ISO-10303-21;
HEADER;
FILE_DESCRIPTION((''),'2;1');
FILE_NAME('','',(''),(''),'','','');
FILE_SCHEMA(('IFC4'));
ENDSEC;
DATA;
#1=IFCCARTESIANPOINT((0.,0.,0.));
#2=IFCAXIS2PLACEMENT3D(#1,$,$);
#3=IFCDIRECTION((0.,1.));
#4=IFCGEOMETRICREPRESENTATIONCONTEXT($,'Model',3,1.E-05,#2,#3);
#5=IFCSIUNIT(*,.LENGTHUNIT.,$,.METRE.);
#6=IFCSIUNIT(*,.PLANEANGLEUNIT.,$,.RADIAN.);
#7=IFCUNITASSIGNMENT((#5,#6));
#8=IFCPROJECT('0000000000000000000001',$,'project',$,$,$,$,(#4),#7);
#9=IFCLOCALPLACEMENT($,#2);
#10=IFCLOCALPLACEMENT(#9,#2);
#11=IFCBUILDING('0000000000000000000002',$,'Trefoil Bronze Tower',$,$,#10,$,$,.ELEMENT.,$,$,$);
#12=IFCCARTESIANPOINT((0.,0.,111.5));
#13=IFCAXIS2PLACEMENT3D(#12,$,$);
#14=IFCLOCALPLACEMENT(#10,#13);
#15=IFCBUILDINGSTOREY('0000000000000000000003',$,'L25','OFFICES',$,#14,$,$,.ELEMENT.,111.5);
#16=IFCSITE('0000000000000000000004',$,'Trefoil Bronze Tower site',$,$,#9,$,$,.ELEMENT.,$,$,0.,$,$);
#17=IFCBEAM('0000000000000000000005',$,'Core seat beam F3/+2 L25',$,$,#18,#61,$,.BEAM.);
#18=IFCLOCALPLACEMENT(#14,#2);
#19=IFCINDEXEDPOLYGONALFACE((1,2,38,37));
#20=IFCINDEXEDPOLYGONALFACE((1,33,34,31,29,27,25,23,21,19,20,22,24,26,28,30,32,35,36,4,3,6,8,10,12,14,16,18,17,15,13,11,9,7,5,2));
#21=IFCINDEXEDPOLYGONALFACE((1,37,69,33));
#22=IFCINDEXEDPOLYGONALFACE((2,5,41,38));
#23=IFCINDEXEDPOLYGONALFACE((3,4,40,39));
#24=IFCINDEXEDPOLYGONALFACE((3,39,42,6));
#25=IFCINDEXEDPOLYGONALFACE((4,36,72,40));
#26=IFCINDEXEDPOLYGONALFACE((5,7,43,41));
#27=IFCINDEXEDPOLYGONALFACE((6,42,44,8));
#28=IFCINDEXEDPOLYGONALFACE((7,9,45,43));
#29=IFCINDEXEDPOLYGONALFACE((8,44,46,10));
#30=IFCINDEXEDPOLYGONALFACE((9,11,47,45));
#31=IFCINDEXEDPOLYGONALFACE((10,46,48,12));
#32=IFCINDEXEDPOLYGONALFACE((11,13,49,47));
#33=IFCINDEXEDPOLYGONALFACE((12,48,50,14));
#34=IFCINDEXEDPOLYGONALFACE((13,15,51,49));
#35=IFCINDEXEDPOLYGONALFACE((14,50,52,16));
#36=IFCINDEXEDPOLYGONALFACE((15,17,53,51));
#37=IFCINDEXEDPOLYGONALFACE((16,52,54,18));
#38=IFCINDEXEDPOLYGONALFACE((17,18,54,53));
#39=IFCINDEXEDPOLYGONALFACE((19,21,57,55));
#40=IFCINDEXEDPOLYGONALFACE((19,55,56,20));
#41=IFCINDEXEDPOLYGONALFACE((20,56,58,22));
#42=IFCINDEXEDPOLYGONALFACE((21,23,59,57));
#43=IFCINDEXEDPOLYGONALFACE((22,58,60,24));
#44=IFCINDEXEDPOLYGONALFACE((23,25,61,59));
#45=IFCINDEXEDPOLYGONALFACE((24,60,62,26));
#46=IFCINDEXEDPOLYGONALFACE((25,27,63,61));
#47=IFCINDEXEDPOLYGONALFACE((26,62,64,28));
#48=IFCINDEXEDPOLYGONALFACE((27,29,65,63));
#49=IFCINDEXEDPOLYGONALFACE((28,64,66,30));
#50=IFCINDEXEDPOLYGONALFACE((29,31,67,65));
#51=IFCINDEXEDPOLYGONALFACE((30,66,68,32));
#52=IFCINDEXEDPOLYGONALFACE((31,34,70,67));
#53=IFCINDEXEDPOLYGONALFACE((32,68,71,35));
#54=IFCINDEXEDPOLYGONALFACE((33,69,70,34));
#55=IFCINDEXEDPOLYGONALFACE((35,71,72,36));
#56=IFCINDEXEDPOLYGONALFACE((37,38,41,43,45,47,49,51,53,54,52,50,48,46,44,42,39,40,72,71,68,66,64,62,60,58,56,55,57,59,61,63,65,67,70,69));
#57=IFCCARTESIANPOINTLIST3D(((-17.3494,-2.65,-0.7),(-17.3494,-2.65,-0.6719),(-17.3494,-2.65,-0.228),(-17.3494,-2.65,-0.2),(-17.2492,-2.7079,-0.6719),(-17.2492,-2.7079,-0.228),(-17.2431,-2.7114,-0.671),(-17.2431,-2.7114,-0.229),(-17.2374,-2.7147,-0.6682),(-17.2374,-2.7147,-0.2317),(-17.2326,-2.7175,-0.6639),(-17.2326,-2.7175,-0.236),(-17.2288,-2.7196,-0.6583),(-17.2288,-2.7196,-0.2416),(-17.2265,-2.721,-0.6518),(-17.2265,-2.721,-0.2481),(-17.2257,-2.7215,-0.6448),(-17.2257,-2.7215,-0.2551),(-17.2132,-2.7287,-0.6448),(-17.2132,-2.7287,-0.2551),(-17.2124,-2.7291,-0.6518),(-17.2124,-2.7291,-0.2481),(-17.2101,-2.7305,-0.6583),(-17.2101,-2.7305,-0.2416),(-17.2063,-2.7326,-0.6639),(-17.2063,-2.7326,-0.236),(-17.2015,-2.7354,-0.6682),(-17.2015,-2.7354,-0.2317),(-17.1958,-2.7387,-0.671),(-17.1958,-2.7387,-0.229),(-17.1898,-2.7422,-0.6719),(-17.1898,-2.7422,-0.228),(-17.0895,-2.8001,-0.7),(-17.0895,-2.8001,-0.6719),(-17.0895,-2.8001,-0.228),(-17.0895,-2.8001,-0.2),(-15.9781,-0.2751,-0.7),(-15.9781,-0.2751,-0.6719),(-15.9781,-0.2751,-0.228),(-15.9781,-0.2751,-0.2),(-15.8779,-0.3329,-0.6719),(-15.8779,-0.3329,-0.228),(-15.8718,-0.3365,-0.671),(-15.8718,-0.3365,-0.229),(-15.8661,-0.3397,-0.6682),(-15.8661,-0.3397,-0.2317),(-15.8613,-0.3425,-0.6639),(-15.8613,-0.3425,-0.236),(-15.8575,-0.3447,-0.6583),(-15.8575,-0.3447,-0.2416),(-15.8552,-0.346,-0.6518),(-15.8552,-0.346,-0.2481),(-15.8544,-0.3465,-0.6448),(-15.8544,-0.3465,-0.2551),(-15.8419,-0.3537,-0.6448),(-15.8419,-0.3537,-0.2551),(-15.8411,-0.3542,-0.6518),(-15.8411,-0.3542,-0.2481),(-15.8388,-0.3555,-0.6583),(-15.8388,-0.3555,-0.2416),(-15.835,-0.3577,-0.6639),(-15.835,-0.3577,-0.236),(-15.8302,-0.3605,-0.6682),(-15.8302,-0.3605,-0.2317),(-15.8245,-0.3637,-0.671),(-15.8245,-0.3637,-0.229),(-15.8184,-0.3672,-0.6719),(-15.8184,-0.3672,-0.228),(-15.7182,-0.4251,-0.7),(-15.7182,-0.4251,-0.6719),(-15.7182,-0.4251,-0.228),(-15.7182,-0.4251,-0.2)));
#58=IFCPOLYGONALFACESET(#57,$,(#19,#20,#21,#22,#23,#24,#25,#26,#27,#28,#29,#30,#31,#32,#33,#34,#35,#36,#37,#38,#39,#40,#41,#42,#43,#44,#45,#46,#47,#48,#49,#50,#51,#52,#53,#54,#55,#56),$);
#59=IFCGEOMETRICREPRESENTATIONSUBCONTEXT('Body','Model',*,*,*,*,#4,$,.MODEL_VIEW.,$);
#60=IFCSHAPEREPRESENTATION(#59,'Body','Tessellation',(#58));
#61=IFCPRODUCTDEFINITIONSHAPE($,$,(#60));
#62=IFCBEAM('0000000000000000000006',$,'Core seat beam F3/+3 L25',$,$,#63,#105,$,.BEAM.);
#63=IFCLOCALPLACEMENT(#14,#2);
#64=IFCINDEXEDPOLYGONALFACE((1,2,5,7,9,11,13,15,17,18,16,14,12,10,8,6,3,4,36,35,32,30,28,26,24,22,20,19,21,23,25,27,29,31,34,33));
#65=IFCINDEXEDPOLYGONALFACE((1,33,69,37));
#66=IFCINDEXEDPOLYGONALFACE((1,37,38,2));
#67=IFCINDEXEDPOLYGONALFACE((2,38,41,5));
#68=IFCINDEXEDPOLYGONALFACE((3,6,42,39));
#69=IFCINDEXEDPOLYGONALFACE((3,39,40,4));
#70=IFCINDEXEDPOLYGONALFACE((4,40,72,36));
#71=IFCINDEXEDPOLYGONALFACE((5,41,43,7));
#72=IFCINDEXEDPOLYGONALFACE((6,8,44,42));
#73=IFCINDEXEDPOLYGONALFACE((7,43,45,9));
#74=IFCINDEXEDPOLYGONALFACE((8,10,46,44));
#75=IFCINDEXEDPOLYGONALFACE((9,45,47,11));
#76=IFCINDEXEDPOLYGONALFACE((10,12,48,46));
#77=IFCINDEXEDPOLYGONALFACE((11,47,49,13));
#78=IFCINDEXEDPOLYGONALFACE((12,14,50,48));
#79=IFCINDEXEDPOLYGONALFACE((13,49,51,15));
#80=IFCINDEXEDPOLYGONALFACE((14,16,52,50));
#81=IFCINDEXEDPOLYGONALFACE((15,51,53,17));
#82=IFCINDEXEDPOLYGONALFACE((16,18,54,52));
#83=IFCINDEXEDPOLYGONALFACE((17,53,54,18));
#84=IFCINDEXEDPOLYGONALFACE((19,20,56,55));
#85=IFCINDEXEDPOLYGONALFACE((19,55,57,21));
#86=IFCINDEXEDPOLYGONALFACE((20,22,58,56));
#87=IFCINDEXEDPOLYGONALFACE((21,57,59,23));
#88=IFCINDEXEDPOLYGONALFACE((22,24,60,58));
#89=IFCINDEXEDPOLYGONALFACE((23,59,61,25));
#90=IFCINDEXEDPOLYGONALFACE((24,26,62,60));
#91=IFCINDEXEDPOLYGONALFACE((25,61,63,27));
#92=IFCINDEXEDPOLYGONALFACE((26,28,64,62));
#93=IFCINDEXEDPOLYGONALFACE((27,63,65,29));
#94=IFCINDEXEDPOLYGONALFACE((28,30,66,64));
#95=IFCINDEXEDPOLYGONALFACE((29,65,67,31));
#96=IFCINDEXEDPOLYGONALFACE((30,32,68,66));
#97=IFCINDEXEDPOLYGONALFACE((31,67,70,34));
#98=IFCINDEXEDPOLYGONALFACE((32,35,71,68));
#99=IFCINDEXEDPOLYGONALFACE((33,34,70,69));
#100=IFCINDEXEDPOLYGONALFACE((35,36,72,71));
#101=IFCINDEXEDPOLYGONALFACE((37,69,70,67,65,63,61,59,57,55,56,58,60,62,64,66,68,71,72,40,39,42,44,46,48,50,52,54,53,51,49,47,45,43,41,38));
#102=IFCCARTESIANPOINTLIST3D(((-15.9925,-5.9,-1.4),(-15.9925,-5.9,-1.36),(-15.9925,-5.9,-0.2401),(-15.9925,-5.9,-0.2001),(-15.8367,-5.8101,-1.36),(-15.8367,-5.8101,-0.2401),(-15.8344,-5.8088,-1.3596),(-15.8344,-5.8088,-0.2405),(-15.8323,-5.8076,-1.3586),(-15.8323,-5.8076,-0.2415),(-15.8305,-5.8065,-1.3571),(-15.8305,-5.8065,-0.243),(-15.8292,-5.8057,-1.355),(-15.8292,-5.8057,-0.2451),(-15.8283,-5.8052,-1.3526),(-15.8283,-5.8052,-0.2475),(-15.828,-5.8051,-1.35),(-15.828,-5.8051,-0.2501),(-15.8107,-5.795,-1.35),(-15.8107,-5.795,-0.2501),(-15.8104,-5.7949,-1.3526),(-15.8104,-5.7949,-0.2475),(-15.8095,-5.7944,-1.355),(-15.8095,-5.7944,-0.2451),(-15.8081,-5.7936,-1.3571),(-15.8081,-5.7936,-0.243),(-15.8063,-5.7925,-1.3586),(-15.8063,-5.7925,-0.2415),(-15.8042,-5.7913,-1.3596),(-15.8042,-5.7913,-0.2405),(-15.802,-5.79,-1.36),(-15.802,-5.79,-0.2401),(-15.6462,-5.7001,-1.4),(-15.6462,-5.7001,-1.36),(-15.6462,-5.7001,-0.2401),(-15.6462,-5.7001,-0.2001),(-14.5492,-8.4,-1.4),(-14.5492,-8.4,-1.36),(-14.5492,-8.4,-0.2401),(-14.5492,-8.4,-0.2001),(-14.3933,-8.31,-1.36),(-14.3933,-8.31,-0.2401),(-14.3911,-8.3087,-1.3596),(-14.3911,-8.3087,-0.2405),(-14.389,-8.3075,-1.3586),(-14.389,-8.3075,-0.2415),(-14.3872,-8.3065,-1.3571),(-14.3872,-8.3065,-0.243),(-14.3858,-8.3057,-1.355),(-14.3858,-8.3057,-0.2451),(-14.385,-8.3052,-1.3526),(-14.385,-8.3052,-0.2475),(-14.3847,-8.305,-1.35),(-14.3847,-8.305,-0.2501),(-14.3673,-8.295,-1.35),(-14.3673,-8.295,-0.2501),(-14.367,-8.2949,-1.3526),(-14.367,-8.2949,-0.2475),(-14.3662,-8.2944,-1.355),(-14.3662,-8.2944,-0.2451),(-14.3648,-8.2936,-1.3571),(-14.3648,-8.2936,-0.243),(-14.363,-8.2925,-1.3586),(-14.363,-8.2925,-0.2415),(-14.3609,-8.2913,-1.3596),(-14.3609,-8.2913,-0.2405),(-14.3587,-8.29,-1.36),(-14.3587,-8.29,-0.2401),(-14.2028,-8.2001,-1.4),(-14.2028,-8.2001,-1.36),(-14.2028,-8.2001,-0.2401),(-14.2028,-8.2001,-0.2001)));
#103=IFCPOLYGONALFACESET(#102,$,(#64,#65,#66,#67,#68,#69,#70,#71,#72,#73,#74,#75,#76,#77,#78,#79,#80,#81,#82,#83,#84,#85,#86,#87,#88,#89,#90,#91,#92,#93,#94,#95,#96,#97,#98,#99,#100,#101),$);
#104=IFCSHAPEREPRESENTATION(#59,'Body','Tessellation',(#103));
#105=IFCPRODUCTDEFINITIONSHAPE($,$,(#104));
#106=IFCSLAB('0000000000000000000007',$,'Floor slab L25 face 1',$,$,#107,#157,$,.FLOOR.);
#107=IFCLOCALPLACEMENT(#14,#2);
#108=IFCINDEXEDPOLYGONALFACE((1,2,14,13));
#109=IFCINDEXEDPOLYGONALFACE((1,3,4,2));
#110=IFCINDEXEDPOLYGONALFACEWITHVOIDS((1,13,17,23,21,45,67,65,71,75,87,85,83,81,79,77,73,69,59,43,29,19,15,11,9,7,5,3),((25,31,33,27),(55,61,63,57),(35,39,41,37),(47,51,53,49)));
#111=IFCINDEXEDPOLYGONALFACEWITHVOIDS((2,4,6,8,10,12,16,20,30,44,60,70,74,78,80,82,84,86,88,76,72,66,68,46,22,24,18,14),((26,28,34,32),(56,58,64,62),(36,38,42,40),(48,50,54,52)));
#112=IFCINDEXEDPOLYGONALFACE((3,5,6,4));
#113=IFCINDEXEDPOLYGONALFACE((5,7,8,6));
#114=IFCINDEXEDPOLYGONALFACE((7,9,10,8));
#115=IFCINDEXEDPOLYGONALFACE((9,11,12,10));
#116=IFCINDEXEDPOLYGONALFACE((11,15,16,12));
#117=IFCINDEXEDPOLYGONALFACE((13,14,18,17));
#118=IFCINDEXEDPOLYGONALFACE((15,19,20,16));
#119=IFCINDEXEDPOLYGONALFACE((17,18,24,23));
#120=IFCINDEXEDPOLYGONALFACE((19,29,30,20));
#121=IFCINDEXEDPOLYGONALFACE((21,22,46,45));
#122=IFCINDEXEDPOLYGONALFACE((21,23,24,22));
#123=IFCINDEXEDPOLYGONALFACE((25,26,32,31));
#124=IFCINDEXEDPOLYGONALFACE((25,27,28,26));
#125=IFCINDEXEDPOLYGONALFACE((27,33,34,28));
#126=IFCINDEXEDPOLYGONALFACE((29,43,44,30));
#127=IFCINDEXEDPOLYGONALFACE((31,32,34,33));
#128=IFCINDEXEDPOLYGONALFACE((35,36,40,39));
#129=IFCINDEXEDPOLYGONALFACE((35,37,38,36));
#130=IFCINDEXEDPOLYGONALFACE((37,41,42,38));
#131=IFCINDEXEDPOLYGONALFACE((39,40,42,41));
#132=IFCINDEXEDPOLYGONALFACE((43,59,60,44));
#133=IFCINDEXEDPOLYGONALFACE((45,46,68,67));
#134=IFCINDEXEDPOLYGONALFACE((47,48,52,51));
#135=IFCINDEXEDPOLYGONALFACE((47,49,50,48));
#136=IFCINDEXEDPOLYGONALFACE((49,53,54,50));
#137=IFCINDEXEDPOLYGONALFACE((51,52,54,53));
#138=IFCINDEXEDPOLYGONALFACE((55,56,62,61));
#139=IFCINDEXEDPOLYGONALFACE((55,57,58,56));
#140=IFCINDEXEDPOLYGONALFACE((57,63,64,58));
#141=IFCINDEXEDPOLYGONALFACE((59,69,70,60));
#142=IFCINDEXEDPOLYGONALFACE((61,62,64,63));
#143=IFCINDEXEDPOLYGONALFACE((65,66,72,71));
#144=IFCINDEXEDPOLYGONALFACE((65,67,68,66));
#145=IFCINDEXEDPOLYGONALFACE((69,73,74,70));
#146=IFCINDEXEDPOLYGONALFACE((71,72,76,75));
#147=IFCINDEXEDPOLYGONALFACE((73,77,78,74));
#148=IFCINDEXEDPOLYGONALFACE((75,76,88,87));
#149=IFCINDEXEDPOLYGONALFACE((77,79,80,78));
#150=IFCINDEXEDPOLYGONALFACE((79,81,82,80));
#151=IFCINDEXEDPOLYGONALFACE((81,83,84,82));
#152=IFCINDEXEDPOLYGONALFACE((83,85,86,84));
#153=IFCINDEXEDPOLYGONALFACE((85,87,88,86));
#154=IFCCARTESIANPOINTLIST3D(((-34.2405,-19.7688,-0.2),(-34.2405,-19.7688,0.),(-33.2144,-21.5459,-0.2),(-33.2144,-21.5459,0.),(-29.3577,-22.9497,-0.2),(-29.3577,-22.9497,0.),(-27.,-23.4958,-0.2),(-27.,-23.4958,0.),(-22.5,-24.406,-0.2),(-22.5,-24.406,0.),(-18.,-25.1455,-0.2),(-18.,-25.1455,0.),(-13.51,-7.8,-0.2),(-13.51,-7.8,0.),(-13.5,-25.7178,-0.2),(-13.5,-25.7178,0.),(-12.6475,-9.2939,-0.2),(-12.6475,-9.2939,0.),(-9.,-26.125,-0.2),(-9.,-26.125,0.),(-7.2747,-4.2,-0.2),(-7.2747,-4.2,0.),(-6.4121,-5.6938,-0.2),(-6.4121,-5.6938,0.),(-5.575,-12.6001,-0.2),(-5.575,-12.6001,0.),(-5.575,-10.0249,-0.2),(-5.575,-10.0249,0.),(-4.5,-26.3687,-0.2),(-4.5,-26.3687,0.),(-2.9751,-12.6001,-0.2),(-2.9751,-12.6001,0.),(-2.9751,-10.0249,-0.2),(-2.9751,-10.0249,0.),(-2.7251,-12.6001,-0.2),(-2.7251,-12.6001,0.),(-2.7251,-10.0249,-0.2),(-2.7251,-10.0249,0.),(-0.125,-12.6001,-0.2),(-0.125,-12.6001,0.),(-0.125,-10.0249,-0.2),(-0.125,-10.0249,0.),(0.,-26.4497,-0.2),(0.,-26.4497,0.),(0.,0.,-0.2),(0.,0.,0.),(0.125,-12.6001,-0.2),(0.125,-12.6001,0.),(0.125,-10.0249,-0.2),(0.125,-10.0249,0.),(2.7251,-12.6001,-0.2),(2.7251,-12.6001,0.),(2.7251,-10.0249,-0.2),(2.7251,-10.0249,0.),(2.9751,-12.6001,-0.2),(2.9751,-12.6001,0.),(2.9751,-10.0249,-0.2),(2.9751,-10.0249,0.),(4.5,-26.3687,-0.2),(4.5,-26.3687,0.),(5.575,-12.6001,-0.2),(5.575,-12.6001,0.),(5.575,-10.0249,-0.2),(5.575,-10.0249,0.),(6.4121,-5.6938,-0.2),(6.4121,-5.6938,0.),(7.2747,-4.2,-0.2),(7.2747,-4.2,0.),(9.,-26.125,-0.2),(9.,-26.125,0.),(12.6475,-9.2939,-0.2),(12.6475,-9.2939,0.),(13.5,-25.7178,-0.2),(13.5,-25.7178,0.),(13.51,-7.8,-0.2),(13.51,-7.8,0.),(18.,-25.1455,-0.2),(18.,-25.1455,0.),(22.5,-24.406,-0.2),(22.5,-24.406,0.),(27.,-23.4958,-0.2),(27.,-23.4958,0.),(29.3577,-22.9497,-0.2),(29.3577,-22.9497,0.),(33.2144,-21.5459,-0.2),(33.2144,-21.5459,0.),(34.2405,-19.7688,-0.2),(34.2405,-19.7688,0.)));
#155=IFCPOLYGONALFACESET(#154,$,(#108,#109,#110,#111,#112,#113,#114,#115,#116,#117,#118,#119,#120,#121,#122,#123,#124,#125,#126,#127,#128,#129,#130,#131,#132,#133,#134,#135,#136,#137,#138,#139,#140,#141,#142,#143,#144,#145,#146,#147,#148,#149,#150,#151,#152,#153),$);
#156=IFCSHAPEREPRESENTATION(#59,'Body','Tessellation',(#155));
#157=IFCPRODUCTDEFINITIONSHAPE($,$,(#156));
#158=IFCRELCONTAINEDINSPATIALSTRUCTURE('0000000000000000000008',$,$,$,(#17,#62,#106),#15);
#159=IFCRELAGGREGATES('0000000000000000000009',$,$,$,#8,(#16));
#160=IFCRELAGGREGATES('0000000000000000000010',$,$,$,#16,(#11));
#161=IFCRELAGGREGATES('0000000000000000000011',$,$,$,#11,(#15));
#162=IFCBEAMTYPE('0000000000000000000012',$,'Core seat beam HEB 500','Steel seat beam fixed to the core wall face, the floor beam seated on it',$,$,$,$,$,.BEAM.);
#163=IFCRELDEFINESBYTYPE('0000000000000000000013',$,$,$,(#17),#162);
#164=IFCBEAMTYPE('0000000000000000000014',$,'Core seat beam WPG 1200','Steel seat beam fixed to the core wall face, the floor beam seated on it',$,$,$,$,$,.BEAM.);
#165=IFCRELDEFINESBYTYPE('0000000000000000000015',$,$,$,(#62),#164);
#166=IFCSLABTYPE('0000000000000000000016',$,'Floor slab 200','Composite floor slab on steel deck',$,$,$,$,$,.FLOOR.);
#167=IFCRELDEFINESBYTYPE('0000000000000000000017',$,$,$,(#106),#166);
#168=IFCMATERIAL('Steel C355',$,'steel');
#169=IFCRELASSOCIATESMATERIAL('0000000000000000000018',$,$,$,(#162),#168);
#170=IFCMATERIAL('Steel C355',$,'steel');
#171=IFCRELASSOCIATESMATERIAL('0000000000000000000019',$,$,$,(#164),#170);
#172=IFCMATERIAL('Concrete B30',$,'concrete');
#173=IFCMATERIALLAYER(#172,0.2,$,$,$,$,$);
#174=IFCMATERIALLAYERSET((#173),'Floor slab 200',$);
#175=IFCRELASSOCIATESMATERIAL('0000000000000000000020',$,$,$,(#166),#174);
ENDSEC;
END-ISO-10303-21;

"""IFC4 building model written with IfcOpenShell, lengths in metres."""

from ifc_helpers import new_model, si_unit, direction, frame, origin, origin_2d, place, context, subcontext, project, spatial, polyline, i_section, outline, extrude, material, layer, layer_set, material_profile, profile_set, type_object, element, save


model = new_model("IFC4")

# Units and contexts
model_context = context("Model", 3, precision=1e-05, world=origin(), true_north=direction((0.0, 1.0)))
body_context = subcontext(model_context, "Body", "Model", "MODEL_VIEW")
ifc_project = project(units=[si_unit("LENGTHUNIT", "METRE"), si_unit("PLANEANGLEUNIT", "RADIAN")], contexts=[model_context])

# Site, building, storey
site_placement = place(None, origin())
site = spatial("IfcSite", under=ifc_project, at=site_placement, Name="Trefoil Bronze Tower site", CompositionType="ELEMENT", RefElevation=0.0)
building_placement = place(site_placement, origin())
building = spatial("IfcBuilding", under=site, at=building_placement, Name="Trefoil Bronze Tower", CompositionType="ELEMENT")
storey_placement = place(building_placement, frame((0.0, 0.0, 111.5)))
storey = spatial("IfcBuildingStorey", under=building, at=storey_placement, Name="L25", Description="OFFICES", CompositionType="ELEMENT", Elevation=111.5)

# Beams
ifc_material_1 = material(Name="Steel C355", Category="steel")
ifc_material_profile_1 = material_profile(ifc_material_1, i_section(OverallWidth=0.3, OverallDepth=0.5, WebThickness=0.0144, FlangeThickness=0.0281, FilletRadius=0.0271, at=origin_2d()), Name="HEB 500")
ifc_profile_set_1 = profile_set([ifc_material_profile_1], Name="Steel C355")
beam_type_1 = type_object("IfcBeamType", Name="Core seat beam HEB 500", Description="Steel seat beam fixed to the core wall face, the floor beam seated on it", PredefinedType="BEAM", material=ifc_profile_set_1)
beam_1_placement = place(storey_placement, frame((-15.8481, -0.3501, -0.45), z_axis=(-0.500036, -0.866005, 0.0), x_axis=(0.866005, -0.500036, 0.0)))
element("IfcBeam", 1, at=beam_1_placement, inside=storey, type_object=beam_type_1, Name="Core seat beam F3/+2 L25", PredefinedType="BEAM", context=body_context, shape_type="SweptSolid", body=[
    extrude(i_section(OverallWidth=0.3, OverallDepth=0.5, WebThickness=0.0144, FlangeThickness=0.0281, FilletRadius=0.0271, at=origin_2d()), origin(), (0.0, 0.0, 1.0), 2.7424),
])
ifc_material_2 = material(Name="Steel C355", Category="steel")
ifc_material_profile_2 = material_profile(ifc_material_2, i_section(OverallWidth=0.3999, OverallDepth=1.2, WebThickness=0.02, FlangeThickness=0.04, FilletRadius=0.01, at=origin_2d()), Name="WPG 1200")
ifc_profile_set_2 = profile_set([ifc_material_profile_2], Name="Steel C355")
beam_type_2 = type_object("IfcBeamType", Name="Core seat beam WPG 1200", Description="Steel seat beam fixed to the core wall face, the floor beam seated on it", PredefinedType="BEAM", material=ifc_profile_set_2)
beam_2_placement = place(storey_placement, frame((-15.8193, -5.8, -0.8), z_axis=(0.499996, -0.866028, 0.0), x_axis=(0.866028, 0.499996, 0.0)))
element("IfcBeam", 2, at=beam_2_placement, inside=storey, type_object=beam_type_2, Name="Core seat beam F3/+3 L25", PredefinedType="BEAM", context=body_context, shape_type="SweptSolid", body=[
    extrude(i_section(OverallWidth=0.3999, OverallDepth=1.2, WebThickness=0.02, FlangeThickness=0.04, FilletRadius=0.01, at=origin_2d()), origin(), (0.0, 0.0, 1.0), 2.8867),
])

# Slab
ifc_material_3 = material(Name="Concrete B30", Category="concrete")
ifc_layer_1 = layer(ifc_material_3, 0.2)
ifc_layer_set_1 = layer_set([ifc_layer_1], Name="Floor slab 200")
slab_type = type_object("IfcSlabType", Name="Floor slab 200", Description="Composite floor slab on steel deck", PredefinedType="FLOOR", material=ifc_layer_set_1)
slab_1_placement = place(storey_placement, frame((0.0, 0.0, -0.2)))
element("IfcSlab", 3, at=slab_1_placement, inside=storey, type_object=slab_type, Name="Floor slab L25 face 1", PredefinedType="FLOOR", context=body_context, shape_type="SweptSolid", body=[
    extrude(outline(polyline([(22.5, -24.406), (18.0, -25.1455), (13.5, -25.7178), (9.0, -26.125), (4.5, -26.3687), (0.0, -26.4497), (-4.5, -26.3687), (-9.0, -26.125), (-13.5, -25.7178), (-18.0, -25.1455), (-22.5, -24.406), (-27.0, -23.4958), (-29.3577, -22.9497), (-33.2144, -21.5459), (-34.2405, -19.7688), (-13.51, -7.8), (-12.6475, -9.2939), (-6.4121, -5.6938), (-7.2747, -4.2), (0.0, 0.0), (7.2747, -4.2), (6.4121, -5.6938), (12.6475, -9.2939), (13.51, -7.8), (34.2405, -19.7688), (33.2144, -21.5459), (29.3577, -22.9497), (27.0, -23.4958), (22.5, -24.406)]), holes=[polyline([(-5.575, -10.0249), (-2.9751, -10.0249), (-2.9751, -12.6001), (-5.575, -12.6001), (-5.575, -10.0249)]), polyline([(-2.7251, -10.0249), (-0.125, -10.0249), (-0.125, -12.6001), (-2.7251, -12.6001), (-2.7251, -10.0249)]), polyline([(0.125, -10.0249), (2.7251, -10.0249), (2.7251, -12.6001), (0.125, -12.6001), (0.125, -10.0249)]), polyline([(2.9751, -10.0249), (5.575, -10.0249), (5.575, -12.6001), (2.9751, -12.6001), (2.9751, -10.0249)])]), origin(), (0.0, 0.0, 1.0), 0.2),
])

save(model, "model.ifc")
